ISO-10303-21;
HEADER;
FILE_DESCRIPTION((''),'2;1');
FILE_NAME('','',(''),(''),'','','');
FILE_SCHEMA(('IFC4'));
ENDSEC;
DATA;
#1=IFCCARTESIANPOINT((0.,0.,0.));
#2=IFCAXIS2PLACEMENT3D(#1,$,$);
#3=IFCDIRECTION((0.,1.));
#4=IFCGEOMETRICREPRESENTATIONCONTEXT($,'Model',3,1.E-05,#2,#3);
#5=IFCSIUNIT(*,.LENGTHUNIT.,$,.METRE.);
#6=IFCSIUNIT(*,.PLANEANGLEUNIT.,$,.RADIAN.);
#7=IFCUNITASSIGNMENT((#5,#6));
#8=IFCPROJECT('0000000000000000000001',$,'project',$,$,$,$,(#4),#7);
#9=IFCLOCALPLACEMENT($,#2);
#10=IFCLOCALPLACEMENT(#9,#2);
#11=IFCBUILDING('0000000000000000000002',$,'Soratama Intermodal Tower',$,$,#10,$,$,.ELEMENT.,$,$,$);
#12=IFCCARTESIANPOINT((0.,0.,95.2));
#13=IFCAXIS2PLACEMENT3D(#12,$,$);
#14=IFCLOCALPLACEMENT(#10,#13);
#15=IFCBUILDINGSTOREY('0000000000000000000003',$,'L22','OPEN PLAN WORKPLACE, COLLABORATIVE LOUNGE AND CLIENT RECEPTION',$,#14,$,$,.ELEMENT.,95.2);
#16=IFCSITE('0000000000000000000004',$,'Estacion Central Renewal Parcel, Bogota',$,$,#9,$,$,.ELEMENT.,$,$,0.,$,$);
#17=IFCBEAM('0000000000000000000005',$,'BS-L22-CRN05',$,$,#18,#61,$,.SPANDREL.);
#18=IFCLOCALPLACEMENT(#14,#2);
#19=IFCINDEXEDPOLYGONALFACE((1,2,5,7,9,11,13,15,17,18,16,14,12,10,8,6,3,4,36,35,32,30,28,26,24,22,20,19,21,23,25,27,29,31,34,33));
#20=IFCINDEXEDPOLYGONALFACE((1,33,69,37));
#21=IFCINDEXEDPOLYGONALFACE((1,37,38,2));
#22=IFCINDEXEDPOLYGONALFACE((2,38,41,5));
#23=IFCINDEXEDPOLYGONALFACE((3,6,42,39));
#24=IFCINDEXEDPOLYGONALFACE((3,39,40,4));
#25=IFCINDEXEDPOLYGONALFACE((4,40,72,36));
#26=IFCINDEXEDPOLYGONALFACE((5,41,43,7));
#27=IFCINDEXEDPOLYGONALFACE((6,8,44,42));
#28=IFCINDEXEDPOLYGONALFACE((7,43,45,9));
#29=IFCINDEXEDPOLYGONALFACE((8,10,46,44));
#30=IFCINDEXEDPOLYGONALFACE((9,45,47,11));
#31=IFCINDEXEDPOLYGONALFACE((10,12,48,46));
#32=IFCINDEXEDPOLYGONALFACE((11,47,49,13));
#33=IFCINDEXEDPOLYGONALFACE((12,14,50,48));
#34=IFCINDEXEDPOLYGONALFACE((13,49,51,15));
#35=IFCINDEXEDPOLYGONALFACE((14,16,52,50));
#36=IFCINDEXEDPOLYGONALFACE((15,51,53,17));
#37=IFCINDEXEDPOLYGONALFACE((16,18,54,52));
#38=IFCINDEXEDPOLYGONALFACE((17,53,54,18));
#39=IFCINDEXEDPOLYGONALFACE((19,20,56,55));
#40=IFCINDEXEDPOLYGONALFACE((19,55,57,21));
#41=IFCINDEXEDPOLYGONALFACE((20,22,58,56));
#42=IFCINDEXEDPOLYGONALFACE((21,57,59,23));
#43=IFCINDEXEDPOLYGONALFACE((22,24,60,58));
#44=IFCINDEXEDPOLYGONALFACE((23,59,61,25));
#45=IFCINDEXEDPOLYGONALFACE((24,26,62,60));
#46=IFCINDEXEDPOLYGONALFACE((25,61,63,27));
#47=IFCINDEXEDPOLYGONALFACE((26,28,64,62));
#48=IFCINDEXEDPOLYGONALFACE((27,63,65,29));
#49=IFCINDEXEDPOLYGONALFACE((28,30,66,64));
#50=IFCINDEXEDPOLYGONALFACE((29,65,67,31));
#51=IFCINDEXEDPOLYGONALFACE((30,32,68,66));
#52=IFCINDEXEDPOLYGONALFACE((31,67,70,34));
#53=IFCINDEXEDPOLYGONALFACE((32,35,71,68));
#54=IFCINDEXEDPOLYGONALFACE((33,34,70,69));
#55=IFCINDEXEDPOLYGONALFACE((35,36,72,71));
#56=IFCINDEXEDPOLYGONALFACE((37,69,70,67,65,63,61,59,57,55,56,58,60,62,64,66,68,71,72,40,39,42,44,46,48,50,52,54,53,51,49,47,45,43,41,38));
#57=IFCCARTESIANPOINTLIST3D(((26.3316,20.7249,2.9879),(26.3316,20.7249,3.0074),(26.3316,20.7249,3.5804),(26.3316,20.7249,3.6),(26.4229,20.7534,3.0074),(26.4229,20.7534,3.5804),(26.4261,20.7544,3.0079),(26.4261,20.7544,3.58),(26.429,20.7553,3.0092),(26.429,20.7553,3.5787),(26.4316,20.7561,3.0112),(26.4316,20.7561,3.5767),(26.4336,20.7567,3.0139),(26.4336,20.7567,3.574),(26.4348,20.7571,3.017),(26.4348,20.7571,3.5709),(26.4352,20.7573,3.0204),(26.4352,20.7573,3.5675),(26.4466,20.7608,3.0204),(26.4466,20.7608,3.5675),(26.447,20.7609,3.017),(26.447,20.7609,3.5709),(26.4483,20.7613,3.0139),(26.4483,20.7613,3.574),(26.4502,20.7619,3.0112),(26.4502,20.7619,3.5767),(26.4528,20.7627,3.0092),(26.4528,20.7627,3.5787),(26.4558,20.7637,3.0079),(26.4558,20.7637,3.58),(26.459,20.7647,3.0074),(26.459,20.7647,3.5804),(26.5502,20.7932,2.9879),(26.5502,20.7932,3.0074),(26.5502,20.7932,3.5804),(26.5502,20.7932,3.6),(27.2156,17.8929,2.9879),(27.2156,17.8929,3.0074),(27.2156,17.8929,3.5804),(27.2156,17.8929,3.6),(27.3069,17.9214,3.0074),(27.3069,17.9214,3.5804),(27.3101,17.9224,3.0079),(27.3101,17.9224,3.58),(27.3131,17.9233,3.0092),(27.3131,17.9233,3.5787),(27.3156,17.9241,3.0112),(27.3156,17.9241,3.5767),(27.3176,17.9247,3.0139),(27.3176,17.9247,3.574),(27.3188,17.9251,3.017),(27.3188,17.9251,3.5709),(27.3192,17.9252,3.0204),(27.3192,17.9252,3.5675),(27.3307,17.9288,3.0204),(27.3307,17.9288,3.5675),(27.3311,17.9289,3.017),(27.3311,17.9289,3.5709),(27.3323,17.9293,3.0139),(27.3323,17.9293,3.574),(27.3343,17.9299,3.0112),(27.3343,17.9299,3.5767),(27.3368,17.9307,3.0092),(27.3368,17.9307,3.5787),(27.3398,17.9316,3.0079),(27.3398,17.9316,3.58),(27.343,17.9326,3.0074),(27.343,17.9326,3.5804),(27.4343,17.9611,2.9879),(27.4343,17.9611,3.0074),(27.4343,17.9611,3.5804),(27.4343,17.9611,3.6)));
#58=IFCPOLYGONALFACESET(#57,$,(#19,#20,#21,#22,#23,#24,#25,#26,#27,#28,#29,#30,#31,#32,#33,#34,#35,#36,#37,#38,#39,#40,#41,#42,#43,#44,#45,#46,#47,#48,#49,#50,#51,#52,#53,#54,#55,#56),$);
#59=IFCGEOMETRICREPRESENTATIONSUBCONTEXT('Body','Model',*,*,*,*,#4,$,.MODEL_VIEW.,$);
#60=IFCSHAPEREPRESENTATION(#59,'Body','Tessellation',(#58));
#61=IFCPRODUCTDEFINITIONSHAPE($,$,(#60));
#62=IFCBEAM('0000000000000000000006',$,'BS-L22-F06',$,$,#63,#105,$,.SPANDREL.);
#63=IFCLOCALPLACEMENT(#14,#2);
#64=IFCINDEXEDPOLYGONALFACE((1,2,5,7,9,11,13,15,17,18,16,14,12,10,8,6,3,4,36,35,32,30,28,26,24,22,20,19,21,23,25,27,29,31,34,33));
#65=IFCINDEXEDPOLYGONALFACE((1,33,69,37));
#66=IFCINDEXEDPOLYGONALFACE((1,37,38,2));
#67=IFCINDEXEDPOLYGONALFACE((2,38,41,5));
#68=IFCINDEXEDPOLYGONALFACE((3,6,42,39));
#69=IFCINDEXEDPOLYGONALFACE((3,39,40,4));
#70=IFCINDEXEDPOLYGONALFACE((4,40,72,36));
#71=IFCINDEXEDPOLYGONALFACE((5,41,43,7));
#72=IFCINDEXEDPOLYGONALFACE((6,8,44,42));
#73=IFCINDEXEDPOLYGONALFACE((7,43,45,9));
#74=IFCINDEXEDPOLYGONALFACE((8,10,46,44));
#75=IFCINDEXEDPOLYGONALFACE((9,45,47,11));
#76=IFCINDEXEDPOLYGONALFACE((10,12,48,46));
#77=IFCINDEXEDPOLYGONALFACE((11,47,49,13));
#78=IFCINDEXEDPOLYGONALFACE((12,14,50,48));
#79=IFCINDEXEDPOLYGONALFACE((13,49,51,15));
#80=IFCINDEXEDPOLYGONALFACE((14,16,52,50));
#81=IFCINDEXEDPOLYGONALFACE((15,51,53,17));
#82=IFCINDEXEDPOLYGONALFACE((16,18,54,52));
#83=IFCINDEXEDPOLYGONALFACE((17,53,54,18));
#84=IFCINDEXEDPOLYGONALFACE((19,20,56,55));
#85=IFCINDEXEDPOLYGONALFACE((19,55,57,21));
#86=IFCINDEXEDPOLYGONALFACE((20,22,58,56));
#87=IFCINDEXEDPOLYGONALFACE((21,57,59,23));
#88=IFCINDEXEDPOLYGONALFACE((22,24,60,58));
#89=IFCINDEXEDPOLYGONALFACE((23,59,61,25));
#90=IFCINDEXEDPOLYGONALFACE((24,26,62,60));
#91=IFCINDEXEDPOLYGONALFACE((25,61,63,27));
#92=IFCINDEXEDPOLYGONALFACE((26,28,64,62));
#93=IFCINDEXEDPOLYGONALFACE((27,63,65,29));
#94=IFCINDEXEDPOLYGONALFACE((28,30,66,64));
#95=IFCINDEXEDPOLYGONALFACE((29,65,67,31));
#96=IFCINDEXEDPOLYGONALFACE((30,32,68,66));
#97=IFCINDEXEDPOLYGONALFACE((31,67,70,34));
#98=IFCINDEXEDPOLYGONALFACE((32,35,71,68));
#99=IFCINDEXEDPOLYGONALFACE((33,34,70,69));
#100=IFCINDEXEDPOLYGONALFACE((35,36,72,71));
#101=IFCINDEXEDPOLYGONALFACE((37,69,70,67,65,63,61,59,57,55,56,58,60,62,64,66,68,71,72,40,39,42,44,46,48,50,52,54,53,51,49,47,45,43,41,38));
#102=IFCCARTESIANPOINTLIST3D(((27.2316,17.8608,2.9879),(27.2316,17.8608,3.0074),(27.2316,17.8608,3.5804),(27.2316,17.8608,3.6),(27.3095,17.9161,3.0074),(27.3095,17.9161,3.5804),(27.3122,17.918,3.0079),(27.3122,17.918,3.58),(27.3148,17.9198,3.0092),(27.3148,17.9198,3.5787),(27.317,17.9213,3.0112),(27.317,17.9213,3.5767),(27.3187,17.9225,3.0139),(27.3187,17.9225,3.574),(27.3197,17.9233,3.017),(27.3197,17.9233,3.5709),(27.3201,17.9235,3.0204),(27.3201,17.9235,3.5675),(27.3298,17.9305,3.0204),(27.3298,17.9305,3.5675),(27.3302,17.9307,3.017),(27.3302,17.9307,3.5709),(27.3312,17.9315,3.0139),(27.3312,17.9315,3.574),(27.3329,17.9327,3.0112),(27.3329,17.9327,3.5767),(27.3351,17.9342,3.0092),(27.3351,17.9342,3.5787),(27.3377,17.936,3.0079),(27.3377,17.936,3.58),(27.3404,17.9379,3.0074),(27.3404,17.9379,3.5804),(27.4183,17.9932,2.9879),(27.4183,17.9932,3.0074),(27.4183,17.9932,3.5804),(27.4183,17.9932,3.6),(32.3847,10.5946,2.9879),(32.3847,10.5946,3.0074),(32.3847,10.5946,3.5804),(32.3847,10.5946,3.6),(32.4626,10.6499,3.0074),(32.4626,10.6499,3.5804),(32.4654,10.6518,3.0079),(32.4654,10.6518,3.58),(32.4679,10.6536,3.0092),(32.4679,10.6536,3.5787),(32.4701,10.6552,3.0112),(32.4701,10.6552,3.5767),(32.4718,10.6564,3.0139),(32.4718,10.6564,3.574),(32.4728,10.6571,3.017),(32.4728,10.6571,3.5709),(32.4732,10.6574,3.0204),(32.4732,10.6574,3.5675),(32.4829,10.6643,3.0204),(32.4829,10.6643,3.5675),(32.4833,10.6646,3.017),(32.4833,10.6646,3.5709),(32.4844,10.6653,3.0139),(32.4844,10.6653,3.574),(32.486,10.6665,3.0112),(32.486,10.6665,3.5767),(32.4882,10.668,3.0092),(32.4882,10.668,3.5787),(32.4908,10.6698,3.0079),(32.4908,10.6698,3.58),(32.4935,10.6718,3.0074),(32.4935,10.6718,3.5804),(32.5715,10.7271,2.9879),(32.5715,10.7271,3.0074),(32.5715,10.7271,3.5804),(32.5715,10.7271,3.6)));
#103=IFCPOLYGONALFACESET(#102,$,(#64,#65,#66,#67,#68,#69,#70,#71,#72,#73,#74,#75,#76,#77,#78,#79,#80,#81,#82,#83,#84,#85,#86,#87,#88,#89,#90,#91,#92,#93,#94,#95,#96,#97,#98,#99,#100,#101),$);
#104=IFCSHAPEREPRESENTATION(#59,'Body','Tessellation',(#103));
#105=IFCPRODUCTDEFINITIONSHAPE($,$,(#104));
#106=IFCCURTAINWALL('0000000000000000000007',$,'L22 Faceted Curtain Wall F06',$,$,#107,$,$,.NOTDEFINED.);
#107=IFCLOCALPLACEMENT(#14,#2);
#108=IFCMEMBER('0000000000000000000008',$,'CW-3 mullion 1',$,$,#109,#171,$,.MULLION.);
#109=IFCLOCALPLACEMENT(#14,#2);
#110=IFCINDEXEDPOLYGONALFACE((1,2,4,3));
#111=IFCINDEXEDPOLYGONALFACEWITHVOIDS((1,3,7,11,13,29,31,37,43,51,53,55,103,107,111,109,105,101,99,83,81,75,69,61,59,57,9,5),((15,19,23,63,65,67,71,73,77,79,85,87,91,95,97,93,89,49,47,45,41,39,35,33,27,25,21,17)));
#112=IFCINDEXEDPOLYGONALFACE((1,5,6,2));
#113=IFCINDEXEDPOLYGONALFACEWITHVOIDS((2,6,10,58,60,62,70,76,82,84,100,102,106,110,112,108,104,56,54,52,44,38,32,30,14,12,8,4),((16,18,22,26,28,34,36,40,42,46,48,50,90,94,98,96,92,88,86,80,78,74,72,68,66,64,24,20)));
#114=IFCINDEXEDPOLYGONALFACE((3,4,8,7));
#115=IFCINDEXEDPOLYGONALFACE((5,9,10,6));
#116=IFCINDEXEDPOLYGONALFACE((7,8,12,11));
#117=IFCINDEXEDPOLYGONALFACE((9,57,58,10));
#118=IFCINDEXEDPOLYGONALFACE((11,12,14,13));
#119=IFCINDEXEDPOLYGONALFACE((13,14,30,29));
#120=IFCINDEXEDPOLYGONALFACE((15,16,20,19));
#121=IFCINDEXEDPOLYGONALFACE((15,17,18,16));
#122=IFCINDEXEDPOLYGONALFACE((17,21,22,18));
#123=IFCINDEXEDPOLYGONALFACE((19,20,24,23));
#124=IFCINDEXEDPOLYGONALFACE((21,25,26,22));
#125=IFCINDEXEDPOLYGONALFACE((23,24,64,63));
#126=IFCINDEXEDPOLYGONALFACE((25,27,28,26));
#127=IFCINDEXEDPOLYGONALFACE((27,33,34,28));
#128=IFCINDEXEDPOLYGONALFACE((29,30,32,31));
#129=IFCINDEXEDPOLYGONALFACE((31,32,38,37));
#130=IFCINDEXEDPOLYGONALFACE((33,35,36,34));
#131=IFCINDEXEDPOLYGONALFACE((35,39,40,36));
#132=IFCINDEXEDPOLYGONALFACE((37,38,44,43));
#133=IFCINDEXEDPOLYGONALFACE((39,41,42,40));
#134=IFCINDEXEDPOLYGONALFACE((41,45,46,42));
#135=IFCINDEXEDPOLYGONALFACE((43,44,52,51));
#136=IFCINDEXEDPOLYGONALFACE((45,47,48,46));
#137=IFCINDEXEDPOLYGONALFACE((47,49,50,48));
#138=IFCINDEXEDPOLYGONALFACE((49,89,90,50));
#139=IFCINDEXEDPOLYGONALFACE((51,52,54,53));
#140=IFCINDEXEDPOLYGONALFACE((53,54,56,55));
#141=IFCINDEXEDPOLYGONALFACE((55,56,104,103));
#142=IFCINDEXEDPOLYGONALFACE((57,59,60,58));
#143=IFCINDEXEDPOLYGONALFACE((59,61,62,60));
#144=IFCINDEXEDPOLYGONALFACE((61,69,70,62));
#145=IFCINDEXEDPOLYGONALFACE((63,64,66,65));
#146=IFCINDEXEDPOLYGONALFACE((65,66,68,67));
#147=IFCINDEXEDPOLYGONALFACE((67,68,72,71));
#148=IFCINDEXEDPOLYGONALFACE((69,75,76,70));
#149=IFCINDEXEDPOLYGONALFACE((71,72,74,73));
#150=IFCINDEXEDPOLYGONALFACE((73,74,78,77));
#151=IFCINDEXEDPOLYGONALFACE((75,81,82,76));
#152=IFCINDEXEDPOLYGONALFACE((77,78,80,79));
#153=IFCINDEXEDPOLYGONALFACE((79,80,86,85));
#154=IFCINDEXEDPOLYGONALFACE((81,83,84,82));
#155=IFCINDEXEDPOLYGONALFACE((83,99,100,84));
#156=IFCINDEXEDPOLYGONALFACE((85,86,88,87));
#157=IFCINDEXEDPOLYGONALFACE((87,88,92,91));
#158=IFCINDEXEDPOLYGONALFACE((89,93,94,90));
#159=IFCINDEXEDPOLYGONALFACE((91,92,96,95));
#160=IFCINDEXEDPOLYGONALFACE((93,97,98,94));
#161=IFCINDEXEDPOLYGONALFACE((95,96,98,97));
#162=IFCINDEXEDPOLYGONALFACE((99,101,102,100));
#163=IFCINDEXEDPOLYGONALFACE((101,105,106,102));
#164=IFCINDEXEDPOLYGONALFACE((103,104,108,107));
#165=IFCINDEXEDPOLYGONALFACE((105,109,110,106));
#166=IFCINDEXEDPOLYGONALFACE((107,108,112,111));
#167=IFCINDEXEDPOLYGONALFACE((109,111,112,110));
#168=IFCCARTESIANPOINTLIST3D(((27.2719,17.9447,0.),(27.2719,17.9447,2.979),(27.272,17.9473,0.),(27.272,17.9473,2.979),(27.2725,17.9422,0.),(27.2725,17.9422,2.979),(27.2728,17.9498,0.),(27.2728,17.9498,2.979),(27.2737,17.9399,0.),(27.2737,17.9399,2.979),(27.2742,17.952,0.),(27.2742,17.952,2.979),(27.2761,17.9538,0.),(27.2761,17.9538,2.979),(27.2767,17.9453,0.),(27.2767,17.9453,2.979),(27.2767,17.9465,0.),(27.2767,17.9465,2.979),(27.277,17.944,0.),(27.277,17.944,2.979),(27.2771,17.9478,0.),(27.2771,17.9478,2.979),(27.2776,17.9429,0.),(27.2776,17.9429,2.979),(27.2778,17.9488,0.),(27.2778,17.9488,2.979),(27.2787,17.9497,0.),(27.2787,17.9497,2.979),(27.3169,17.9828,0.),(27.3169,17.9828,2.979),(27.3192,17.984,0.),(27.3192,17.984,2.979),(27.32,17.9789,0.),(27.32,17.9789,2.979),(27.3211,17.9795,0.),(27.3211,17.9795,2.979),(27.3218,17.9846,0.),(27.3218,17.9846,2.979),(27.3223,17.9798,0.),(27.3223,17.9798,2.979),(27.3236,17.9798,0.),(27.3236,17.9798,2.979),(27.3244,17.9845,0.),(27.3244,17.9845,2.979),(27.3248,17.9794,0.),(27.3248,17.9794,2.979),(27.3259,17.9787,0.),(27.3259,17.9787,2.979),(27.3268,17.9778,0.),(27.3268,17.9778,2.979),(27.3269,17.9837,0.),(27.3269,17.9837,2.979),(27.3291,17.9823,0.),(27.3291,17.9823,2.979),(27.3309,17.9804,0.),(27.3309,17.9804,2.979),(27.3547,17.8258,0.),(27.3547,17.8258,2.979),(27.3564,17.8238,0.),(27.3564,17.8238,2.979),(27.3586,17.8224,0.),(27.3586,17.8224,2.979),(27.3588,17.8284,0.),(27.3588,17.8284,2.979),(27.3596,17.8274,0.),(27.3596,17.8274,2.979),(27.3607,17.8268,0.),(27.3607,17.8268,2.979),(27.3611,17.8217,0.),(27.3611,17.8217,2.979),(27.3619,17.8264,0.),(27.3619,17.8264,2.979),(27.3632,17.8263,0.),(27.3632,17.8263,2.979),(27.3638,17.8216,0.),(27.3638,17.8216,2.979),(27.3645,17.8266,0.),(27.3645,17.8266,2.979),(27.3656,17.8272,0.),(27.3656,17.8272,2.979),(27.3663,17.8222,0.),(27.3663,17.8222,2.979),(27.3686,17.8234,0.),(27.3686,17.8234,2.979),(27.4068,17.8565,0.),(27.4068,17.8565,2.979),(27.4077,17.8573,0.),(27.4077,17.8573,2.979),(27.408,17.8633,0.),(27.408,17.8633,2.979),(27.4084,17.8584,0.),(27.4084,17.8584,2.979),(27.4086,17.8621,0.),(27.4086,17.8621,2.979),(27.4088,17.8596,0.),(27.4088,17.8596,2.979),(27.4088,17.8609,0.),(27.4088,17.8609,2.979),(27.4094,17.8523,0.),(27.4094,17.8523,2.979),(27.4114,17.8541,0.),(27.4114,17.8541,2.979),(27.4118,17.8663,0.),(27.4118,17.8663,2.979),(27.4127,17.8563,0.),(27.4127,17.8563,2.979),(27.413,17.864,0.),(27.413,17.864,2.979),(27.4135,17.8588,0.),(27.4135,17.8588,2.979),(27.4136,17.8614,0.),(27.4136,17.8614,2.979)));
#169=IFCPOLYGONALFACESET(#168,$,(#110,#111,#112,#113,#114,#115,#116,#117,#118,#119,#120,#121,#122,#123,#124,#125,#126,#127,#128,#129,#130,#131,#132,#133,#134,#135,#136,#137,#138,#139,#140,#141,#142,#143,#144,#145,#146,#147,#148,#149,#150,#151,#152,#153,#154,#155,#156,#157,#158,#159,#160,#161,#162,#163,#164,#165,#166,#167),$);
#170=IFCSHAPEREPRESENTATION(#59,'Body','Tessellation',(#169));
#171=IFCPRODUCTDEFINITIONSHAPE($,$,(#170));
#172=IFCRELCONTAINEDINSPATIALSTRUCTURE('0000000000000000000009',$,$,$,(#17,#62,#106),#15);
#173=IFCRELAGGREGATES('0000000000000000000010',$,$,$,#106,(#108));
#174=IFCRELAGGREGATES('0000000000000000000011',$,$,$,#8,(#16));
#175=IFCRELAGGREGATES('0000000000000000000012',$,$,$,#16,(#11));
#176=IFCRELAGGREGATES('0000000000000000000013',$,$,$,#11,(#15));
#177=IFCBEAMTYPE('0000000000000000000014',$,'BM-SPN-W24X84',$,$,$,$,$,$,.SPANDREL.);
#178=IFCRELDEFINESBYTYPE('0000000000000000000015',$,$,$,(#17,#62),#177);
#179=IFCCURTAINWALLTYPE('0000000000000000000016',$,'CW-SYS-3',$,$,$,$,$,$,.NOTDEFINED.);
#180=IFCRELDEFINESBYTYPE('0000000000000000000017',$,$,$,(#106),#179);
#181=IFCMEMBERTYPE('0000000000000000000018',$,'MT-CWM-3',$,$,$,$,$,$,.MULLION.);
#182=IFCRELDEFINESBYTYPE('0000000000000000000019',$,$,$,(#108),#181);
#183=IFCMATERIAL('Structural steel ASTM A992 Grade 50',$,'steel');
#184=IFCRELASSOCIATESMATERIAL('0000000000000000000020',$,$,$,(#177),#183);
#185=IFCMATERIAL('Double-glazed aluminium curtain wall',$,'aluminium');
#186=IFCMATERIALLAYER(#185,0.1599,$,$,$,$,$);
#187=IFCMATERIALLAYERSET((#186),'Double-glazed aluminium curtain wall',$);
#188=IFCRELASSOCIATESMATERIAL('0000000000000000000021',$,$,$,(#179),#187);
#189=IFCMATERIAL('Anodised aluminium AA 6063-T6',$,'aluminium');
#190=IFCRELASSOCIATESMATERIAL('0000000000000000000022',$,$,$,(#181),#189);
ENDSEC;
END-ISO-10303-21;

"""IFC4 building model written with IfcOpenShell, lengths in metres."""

from ifc_helpers import new_model, si_unit, direction, frame, origin, origin_2d, place, context, subcontext, project, spatial, hollow_rectangle, i_section, extrude, material, layer, layer_set, material_profile, profile_set, type_object, element, aggregate, save


model = new_model("IFC4")

# Units and contexts
model_context = context("Model", 3, precision=1e-05, world=origin(), true_north=direction((0.0, 1.0)))
body_context = subcontext(model_context, "Body", "Model", "MODEL_VIEW")
ifc_project = project(units=[si_unit("LENGTHUNIT", "METRE"), si_unit("PLANEANGLEUNIT", "RADIAN")], contexts=[model_context])

# Site, building, storey
site_placement = place(None, origin())
site = spatial("IfcSite", under=ifc_project, at=site_placement, Name="Estacion Central Renewal Parcel, Bogota", CompositionType="ELEMENT", RefElevation=0.0)
building_placement = place(site_placement, origin())
building = spatial("IfcBuilding", under=site, at=building_placement, Name="Soratama Intermodal Tower", CompositionType="ELEMENT")
storey_placement = place(building_placement, frame((0.0, 0.0, 95.2)))
storey = spatial("IfcBuildingStorey", under=building, at=storey_placement, Name="L22", Description="OPEN PLAN WORKPLACE, COLLABORATIVE LOUNGE AND CLIENT RECEPTION", CompositionType="ELEMENT", Elevation=95.2)

# Beams
ifc_material_1 = material(Name="Structural steel ASTM A992 Grade 50", Category="steel")
ifc_material_profile_1 = material_profile(ifc_material_1, i_section(OverallWidth=0.229, OverallDepth=0.6121, WebThickness=0.012, FlangeThickness=0.0195, FilletRadius=0.0129, at=origin_2d()), Name="W24X84")
ifc_profile_set_1 = profile_set([ifc_material_profile_1], Name="Structural steel ASTM A992 Grade 50")
beam_type = type_object("IfcBeamType", Name="BM-SPN-W24X84", PredefinedType="SPANDREL", material=ifc_profile_set_1)
beam_1_placement = place(storey_placement, frame((26.4409, 20.759, 3.2939), z_axis=(0.297975, -0.954574, 0.0), x_axis=(0.954574, 0.297975, 0.0)))
element("IfcBeam", 1, at=beam_1_placement, inside=storey, type_object=beam_type, Name="BS-L22-CRN05", PredefinedType="SPANDREL", context=body_context, shape_type="SweptSolid", body=[
    extrude(i_section(OverallWidth=0.229, OverallDepth=0.6121, WebThickness=0.012, FlangeThickness=0.0195, FilletRadius=0.0129, at=origin_2d()), origin(), (0.0, 0.0, 1.0), 2.9668),
])
beam_2_placement = place(storey_placement, frame((27.325, 17.927, 3.2939), z_axis=(0.578484, -0.815694, 0.0), x_axis=(0.815694, 0.578484, 0.0)))
element("IfcBeam", 2, at=beam_2_placement, inside=storey, type_object=beam_type, Name="BS-L22-F06", PredefinedType="SPANDREL", context=body_context, shape_type="SweptSolid", body=[
    extrude(i_section(OverallWidth=0.229, OverallDepth=0.6121, WebThickness=0.012, FlangeThickness=0.0195, FilletRadius=0.0129, at=origin_2d()), origin(), (0.0, 0.0, 1.0), 8.908),
])

# Curtain wall, member
ifc_material_2 = material(Name="Double-glazed aluminium curtain wall", Category="aluminium")
ifc_layer_1 = layer(ifc_material_2, 0.1599)
ifc_layer_set_1 = layer_set([ifc_layer_1], Name="Double-glazed aluminium curtain wall")
curtain_wall_type = type_object("IfcCurtainWallType", Name="CW-SYS-3", PredefinedType="NOTDEFINED", material=ifc_layer_set_1)
curtain_wall_placement = place(storey_placement, origin())
curtain_wall = element("IfcCurtainWall", 3, at=curtain_wall_placement, inside=storey, type_object=curtain_wall_type, Name="L22 Faceted Curtain Wall F06", PredefinedType="NOTDEFINED")
ifc_material_3 = material(Name="Anodised aluminium AA 6063-T6", Category="aluminium")
ifc_material_profile_2 = material_profile(ifc_material_3, hollow_rectangle(XDim=0.0701, YDim=0.1599, WallThickness=0.0049, InnerFilletRadius=0.0049, OuterFilletRadius=0.01, at=origin_2d()), Name="CWM160X70X5")
ifc_profile_set_2 = profile_set([ifc_material_profile_2], Name="Anodised aluminium AA 6063-T6")
member_type_1 = type_object("IfcMemberType", Name="MT-CWM-3", PredefinedType="MULLION", material=ifc_profile_set_2)
member_1_placement = place(storey_placement, frame((27.3428, 17.9031, 0.0), z_axis=(0.0, 0.0, 1.0), x_axis=(0.815736, 0.578424, 0.0)))
member_1 = element("IfcMember", 4, at=member_1_placement, type_object=member_type_1, Name="CW-3 mullion 1", PredefinedType="MULLION", context=body_context, shape_type="SweptSolid", body=[
    extrude(hollow_rectangle(XDim=0.0701, YDim=0.1599, WallThickness=0.0049, InnerFilletRadius=0.0049, OuterFilletRadius=0.01, at=origin_2d()), origin(), (0.0, 0.0, 1.0), 2.979),
])
aggregate(curtain_wall, [member_1])

save(model, "model.ifc")
